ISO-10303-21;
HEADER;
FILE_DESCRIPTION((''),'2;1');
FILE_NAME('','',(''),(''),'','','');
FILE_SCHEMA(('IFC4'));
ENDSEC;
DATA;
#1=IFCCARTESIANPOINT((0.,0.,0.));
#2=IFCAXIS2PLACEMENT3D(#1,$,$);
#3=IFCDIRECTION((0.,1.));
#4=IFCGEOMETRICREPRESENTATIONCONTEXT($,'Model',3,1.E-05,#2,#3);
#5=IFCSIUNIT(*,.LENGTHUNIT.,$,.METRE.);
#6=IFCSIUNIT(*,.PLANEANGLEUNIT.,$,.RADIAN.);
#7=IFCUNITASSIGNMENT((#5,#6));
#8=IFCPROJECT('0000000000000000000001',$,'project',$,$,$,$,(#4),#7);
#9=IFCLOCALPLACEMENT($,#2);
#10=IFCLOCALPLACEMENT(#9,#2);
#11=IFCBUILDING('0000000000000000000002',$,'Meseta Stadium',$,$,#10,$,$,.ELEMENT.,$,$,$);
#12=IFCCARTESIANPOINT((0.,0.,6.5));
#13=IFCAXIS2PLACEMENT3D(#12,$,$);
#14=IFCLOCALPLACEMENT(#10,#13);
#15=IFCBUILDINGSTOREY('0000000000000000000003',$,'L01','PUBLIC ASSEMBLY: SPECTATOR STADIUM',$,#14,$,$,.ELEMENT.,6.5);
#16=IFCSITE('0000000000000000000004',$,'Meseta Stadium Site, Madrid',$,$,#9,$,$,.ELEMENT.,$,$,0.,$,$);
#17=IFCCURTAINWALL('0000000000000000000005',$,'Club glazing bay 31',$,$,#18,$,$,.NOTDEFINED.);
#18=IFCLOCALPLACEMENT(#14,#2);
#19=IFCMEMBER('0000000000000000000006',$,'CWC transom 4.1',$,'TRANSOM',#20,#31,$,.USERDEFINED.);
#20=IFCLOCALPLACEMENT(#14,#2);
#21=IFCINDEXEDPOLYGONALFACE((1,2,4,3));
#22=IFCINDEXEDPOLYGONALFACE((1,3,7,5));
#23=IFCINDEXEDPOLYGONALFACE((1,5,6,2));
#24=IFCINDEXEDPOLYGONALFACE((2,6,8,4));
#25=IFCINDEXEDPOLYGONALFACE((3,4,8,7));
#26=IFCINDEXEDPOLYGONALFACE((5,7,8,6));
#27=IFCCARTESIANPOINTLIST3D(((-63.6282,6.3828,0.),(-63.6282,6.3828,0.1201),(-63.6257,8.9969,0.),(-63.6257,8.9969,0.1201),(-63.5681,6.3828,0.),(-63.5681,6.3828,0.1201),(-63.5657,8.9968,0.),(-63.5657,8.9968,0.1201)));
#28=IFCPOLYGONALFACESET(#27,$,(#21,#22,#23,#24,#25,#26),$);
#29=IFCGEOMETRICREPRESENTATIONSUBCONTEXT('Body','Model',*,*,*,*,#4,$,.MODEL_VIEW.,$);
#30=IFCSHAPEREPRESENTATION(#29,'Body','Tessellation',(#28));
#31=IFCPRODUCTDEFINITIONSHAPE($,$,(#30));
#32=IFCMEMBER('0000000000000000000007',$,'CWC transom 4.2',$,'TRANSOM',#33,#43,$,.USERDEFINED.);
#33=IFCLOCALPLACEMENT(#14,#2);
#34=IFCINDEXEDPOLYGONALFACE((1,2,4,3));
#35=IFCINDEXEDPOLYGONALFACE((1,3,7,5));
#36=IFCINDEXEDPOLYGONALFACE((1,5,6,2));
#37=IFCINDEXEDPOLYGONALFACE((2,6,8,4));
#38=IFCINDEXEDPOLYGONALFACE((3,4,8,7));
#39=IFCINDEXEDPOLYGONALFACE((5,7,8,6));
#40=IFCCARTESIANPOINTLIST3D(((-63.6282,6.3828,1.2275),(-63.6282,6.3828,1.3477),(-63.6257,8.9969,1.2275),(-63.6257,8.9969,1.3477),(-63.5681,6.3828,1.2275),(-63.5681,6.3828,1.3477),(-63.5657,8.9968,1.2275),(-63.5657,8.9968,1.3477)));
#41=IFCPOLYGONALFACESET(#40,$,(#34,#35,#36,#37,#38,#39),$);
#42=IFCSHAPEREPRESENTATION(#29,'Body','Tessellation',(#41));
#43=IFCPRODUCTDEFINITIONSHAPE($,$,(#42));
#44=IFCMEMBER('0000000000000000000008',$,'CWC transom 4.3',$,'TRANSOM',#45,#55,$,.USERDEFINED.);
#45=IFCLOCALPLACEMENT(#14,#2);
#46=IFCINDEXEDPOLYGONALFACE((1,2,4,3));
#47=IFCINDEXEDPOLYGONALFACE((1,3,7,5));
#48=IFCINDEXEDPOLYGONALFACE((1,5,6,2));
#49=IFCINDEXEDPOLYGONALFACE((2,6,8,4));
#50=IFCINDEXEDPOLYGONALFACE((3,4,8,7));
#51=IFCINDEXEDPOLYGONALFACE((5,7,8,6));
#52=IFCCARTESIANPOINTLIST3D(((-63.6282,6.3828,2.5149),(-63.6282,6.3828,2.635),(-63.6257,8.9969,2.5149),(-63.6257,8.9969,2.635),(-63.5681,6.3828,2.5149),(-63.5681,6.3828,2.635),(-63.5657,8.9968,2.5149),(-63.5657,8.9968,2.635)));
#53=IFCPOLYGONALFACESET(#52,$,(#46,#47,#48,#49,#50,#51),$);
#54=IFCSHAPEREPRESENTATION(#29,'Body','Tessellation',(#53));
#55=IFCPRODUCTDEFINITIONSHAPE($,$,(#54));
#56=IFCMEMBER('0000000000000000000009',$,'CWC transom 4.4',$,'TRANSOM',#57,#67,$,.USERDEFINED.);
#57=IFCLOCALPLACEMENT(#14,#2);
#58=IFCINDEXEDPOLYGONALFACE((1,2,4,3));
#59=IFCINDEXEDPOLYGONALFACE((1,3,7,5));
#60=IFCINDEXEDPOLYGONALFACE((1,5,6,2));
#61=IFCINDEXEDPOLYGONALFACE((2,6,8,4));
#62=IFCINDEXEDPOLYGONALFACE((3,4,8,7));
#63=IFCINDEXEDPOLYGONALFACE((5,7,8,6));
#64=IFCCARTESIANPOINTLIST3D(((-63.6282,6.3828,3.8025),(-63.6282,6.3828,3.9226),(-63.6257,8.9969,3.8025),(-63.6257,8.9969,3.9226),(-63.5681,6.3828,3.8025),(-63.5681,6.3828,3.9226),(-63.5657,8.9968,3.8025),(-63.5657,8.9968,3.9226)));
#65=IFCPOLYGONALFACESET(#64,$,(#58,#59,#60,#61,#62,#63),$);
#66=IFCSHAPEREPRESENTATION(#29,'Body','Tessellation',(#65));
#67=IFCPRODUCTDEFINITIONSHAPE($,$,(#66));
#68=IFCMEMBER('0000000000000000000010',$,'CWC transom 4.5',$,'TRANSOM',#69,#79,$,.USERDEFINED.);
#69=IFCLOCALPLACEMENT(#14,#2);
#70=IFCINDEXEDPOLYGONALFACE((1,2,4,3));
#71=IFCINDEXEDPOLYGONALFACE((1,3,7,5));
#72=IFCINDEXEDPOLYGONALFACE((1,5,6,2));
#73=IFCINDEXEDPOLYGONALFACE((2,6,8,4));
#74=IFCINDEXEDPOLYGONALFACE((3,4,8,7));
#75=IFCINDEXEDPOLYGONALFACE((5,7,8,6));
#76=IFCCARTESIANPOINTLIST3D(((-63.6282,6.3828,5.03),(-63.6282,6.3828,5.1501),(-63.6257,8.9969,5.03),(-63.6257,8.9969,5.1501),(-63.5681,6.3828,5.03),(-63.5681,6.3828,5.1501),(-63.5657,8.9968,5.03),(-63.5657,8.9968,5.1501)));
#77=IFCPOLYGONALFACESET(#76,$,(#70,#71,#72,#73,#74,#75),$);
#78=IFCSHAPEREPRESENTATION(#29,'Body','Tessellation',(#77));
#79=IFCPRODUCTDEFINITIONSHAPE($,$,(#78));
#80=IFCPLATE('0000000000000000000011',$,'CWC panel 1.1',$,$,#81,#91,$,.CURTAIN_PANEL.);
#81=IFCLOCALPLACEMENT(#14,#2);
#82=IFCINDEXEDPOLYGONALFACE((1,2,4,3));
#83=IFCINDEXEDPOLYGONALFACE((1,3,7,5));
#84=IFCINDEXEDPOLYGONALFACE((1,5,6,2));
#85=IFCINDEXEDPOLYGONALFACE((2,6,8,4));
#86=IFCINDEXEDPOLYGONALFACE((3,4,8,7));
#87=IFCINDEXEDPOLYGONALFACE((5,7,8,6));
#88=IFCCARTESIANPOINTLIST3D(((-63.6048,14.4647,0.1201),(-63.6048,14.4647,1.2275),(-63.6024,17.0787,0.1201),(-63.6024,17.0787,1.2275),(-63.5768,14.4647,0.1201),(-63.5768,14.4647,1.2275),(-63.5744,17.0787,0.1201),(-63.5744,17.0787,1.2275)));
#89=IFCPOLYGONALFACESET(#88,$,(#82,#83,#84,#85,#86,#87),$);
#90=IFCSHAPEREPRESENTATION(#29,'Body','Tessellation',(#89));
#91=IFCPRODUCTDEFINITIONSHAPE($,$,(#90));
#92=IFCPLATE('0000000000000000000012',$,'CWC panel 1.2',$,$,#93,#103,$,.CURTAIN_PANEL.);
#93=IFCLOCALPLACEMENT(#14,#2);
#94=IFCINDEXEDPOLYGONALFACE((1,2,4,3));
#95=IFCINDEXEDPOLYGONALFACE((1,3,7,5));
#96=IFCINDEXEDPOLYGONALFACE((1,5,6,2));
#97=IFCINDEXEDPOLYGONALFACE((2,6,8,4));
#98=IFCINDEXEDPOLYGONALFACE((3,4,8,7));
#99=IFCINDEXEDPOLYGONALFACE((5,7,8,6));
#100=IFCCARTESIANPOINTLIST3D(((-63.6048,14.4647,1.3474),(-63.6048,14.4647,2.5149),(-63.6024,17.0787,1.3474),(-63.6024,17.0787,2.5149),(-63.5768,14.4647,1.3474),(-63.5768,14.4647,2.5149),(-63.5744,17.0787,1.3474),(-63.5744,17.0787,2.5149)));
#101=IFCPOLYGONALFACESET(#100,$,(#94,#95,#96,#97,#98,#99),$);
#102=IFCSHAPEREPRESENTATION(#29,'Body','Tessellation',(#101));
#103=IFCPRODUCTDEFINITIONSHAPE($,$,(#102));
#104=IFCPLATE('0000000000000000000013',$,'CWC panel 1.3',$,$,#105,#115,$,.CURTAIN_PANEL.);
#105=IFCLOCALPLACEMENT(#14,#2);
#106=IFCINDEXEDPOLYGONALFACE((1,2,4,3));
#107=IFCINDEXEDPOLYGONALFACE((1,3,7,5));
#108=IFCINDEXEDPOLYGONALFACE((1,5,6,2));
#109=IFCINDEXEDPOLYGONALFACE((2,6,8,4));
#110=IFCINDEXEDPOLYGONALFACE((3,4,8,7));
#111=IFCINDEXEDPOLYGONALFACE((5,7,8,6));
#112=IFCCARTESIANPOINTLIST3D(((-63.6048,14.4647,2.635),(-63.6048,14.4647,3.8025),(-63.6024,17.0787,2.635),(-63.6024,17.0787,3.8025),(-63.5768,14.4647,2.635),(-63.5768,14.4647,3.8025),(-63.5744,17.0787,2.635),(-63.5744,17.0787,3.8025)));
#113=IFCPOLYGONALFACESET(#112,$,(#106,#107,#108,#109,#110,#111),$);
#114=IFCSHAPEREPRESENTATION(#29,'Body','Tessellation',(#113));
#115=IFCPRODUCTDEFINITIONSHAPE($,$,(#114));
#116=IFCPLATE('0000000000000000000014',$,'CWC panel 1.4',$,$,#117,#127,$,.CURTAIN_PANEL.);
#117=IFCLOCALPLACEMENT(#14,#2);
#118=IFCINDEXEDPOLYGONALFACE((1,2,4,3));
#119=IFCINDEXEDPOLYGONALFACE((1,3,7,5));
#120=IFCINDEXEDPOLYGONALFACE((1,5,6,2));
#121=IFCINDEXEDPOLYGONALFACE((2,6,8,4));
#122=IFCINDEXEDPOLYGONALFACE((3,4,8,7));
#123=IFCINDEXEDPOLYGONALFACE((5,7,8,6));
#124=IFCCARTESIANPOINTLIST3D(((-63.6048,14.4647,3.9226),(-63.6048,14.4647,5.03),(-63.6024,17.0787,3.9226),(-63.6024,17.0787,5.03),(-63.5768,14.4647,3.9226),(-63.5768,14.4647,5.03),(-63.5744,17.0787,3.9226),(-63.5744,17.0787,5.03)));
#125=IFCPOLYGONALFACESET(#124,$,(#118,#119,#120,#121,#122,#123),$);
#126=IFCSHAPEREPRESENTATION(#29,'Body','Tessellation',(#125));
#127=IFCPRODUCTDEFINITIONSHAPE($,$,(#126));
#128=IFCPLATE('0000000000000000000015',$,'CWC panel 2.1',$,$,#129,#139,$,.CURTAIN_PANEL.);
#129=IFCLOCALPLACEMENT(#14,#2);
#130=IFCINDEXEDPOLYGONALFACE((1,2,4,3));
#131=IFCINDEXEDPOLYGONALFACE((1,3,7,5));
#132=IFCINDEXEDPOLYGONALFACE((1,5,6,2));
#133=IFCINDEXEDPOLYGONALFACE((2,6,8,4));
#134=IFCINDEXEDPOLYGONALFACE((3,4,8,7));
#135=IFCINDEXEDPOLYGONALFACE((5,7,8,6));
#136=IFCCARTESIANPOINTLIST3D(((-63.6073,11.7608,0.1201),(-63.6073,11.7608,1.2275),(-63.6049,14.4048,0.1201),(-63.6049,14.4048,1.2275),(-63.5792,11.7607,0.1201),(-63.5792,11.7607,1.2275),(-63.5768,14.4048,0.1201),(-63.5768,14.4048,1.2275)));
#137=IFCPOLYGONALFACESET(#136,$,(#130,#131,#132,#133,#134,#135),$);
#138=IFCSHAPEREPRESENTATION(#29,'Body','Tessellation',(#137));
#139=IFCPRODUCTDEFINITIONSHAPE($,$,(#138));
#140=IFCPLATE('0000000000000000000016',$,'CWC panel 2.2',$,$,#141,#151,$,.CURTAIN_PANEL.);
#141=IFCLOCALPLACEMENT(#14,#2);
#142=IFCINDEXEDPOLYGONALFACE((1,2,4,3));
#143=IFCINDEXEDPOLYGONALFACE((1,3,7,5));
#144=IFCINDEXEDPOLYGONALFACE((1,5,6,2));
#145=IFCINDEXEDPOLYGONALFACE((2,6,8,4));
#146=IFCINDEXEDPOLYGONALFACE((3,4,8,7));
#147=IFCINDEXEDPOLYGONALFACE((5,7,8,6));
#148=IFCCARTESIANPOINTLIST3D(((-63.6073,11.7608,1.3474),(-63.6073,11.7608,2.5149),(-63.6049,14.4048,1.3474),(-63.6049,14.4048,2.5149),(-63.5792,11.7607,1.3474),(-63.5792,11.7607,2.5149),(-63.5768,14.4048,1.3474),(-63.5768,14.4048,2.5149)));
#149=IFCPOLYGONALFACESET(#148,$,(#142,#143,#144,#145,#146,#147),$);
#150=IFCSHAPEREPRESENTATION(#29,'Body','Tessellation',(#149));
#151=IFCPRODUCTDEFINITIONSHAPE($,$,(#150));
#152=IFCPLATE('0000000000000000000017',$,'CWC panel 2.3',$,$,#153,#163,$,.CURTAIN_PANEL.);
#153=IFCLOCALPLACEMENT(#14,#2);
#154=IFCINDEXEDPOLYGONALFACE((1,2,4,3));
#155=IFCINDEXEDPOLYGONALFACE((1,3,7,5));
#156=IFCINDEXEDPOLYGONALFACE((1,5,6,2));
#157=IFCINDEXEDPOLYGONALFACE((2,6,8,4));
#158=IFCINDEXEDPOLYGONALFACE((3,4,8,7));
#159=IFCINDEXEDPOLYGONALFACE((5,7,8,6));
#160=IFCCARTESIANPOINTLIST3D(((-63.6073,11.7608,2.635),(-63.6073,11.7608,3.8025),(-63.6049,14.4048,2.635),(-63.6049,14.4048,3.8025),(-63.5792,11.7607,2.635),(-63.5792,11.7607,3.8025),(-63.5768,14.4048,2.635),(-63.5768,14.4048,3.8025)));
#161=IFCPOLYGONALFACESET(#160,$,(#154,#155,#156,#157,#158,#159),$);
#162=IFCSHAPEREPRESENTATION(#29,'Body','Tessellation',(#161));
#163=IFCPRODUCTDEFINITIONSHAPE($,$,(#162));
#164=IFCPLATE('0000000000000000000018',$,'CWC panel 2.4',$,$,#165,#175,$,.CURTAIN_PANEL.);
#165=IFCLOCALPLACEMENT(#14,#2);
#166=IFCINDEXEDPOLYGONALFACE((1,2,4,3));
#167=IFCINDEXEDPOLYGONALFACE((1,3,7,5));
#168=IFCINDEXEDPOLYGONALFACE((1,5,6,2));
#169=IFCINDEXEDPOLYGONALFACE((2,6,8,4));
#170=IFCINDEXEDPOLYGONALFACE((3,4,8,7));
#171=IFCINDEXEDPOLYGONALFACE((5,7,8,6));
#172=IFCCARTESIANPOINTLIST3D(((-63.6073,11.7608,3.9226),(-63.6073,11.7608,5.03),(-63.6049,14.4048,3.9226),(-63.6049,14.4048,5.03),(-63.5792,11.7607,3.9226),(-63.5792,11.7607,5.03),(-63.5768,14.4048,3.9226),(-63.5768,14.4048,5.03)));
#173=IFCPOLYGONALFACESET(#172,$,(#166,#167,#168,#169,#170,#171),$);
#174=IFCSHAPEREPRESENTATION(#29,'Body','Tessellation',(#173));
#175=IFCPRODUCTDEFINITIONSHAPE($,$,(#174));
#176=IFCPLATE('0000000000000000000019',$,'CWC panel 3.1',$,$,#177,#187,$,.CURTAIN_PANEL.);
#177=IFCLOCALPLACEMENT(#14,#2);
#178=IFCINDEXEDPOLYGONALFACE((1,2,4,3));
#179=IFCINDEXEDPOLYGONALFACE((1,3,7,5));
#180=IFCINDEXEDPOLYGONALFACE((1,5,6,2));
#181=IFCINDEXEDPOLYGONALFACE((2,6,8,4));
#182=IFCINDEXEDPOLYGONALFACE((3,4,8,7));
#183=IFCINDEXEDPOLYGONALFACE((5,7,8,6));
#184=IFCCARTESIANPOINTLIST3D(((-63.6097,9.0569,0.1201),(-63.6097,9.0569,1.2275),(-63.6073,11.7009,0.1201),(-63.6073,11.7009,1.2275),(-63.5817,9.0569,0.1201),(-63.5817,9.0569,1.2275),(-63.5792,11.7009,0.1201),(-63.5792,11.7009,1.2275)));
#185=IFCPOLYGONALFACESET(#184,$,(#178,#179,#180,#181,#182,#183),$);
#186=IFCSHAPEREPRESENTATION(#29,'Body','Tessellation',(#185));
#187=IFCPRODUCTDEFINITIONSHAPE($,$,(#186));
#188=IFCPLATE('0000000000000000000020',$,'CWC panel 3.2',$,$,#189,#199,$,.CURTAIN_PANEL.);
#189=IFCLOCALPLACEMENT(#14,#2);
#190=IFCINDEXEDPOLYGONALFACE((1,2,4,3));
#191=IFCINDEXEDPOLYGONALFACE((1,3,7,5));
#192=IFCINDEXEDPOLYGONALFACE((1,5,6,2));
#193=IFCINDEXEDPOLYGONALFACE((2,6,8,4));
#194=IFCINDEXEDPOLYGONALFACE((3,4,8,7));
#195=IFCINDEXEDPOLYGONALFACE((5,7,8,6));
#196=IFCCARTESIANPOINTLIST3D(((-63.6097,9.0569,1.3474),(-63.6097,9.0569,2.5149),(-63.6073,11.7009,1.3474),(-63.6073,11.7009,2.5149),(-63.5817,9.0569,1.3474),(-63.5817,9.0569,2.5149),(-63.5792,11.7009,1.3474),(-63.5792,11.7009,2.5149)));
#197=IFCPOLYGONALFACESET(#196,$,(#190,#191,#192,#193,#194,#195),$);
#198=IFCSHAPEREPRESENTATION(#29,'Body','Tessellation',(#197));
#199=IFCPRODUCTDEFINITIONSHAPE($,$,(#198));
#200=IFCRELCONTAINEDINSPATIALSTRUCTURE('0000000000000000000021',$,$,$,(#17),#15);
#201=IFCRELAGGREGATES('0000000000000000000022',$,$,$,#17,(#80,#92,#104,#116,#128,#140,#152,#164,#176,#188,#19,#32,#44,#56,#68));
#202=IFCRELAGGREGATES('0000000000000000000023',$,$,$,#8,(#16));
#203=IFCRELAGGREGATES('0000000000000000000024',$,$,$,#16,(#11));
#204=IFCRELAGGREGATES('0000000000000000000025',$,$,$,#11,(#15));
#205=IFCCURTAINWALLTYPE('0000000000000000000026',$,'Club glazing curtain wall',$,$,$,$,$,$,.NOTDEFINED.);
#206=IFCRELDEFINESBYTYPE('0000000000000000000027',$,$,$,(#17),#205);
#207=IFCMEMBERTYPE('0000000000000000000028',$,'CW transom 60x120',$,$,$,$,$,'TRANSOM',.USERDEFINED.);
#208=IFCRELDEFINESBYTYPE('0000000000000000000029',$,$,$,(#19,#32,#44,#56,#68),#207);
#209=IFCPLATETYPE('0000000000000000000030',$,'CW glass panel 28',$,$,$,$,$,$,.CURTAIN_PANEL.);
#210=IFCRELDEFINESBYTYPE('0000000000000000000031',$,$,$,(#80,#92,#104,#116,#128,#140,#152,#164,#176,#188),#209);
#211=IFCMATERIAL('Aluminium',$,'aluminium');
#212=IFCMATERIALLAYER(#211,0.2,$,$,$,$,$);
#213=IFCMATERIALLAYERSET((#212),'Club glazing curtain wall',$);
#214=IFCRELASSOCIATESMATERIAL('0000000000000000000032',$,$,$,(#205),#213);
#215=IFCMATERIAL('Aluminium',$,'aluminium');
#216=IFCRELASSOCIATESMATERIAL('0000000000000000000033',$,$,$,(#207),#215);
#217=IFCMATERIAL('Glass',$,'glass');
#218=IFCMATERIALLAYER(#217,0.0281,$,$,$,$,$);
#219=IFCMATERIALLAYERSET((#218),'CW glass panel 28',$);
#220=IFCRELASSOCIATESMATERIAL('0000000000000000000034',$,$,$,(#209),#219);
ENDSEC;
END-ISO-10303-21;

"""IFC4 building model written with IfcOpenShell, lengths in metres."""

from ifc_helpers import new_model, si_unit, direction, frame, origin, origin_2d, place, context, subcontext, project, spatial, rectangle, extrude, material, layer, layer_set, material_profile, profile_set, type_object, element, aggregate, save


model = new_model("IFC4")

# Units and contexts
model_context = context("Model", 3, precision=1e-05, world=origin(), true_north=direction((0.0, 1.0)))
body_context = subcontext(model_context, "Body", "Model", "MODEL_VIEW")
ifc_project = project(units=[si_unit("LENGTHUNIT", "METRE"), si_unit("PLANEANGLEUNIT", "RADIAN")], contexts=[model_context])

# Site, building, storey
site_placement = place(None, origin())
site = spatial("IfcSite", under=ifc_project, at=site_placement, Name="Meseta Stadium Site, Madrid", CompositionType="ELEMENT", RefElevation=0.0)
building_placement = place(site_placement, origin())
building = spatial("IfcBuilding", under=site, at=building_placement, Name="Meseta Stadium", CompositionType="ELEMENT")
storey_placement = place(building_placement, frame((0.0, 0.0, 6.5)))
storey = spatial("IfcBuildingStorey", under=building, at=storey_placement, Name="L01", Description="PUBLIC ASSEMBLY: SPECTATOR STADIUM", CompositionType="ELEMENT", Elevation=6.5)

# Curtain wall, members, plates
ifc_material_1 = material(Name="Aluminium", Category="aluminium")
ifc_layer_1 = layer(ifc_material_1, 0.2)
ifc_layer_set_1 = layer_set([ifc_layer_1], Name="Club glazing curtain wall")
curtain_wall_type = type_object("IfcCurtainWallType", Name="Club glazing curtain wall", PredefinedType="NOTDEFINED", material=ifc_layer_set_1)
curtain_wall_placement = place(storey_placement, origin())
curtain_wall = element("IfcCurtainWall", 1, at=curtain_wall_placement, inside=storey, type_object=curtain_wall_type, Name="Club glazing bay 31", PredefinedType="NOTDEFINED")
ifc_material_2 = material(Name="Aluminium", Category="aluminium")
ifc_material_profile_1 = material_profile(ifc_material_2, rectangle(XDim=0.0601, YDim=0.1201, at=origin_2d()), Name="CW 60x120")
ifc_profile_set_1 = profile_set([ifc_material_profile_1], Name="Aluminium")
member_type_1 = type_object("IfcMemberType", Name="CW transom 60x120", ElementType="TRANSOM", PredefinedType="USERDEFINED", material=ifc_profile_set_1)
member_1_placement = place(storey_placement, frame((-63.5957, 8.9968, 0.0601), z_axis=(-0.000934, -1.0, 0.0), x_axis=(1.0, -0.000934, 0.0)))
member_1 = element("IfcMember", 2, at=member_1_placement, type_object=member_type_1, Name="CWC transom 4.1", ObjectType="TRANSOM", PredefinedType="USERDEFINED", context=body_context, shape_type="SweptSolid", body=[
    extrude(rectangle(XDim=0.0601, YDim=0.1201, at=origin_2d()), origin(), (0.0, 0.0, 1.0), 2.614),
])
member_2_placement = place(storey_placement, frame((-63.5957, 8.9968, 1.2876), z_axis=(-0.000934, -1.0, 0.0), x_axis=(1.0, -0.000934, 0.0)))
member_2 = element("IfcMember", 3, at=member_2_placement, type_object=member_type_1, Name="CWC transom 4.2", ObjectType="TRANSOM", PredefinedType="USERDEFINED", context=body_context, shape_type="SweptSolid", body=[
    extrude(rectangle(XDim=0.0601, YDim=0.1201, at=origin_2d()), origin(), (0.0, 0.0, 1.0), 2.614),
])
member_3_placement = place(storey_placement, frame((-63.5957, 8.9968, 2.575), z_axis=(-0.000934, -1.0, 0.0), x_axis=(1.0, -0.000934, 0.0)))
member_3 = element("IfcMember", 4, at=member_3_placement, type_object=member_type_1, Name="CWC transom 4.3", ObjectType="TRANSOM", PredefinedType="USERDEFINED", context=body_context, shape_type="SweptSolid", body=[
    extrude(rectangle(XDim=0.0601, YDim=0.1201, at=origin_2d()), origin(), (0.0, 0.0, 1.0), 2.614),
])
member_4_placement = place(storey_placement, frame((-63.5957, 8.9968, 3.8625), z_axis=(-0.000934, -1.0, 0.0), x_axis=(1.0, -0.000934, 0.0)))
member_4 = element("IfcMember", 5, at=member_4_placement, type_object=member_type_1, Name="CWC transom 4.4", ObjectType="TRANSOM", PredefinedType="USERDEFINED", context=body_context, shape_type="SweptSolid", body=[
    extrude(rectangle(XDim=0.0601, YDim=0.1201, at=origin_2d()), origin(), (0.0, 0.0, 1.0), 2.614),
])
member_5_placement = place(storey_placement, frame((-63.5957, 8.9968, 5.0901), z_axis=(-0.000934, -1.0, 0.0), x_axis=(1.0, -0.000934, 0.0)))
member_5 = element("IfcMember", 6, at=member_5_placement, type_object=member_type_1, Name="CWC transom 4.5", ObjectType="TRANSOM", PredefinedType="USERDEFINED", context=body_context, shape_type="SweptSolid", body=[
    extrude(rectangle(XDim=0.0601, YDim=0.1201, at=origin_2d()), origin(), (0.0, 0.0, 1.0), 2.614),
])
ifc_material_3 = material(Name="Glass", Category="glass")
ifc_layer_2 = layer(ifc_material_3, 0.0281)
ifc_layer_set_2 = layer_set([ifc_layer_2], Name="CW glass panel 28")
plate_type = type_object("IfcPlateType", Name="CW glass panel 28", PredefinedType="CURTAIN_PANEL", material=ifc_layer_set_2)
plate_1_placement = place(storey_placement, frame((-63.5896, 15.7717, 0.1201), z_axis=(0.0, 0.0, 1.0), x_axis=(-0.000925, -1.0, 0.0)))
plate_1 = element("IfcPlate", 7, at=plate_1_placement, type_object=plate_type, Name="CWC panel 1.1", PredefinedType="CURTAIN_PANEL", context=body_context, shape_type="SweptSolid", body=[
    extrude(rectangle(XDim=2.614, YDim=0.0281, at=origin_2d()), origin(), (0.0, 0.0, 1.0), 1.1074),
])
plate_2_placement = place(storey_placement, frame((-63.5896, 15.7717, 1.3474), z_axis=(0.0, 0.0, 1.0), x_axis=(-0.000925, -1.0, 0.0)))
plate_2 = element("IfcPlate", 8, at=plate_2_placement, type_object=plate_type, Name="CWC panel 1.2", PredefinedType="CURTAIN_PANEL", context=body_context, shape_type="SweptSolid", body=[
    extrude(rectangle(XDim=2.614, YDim=0.0281, at=origin_2d()), origin(), (0.0, 0.0, 1.0), 1.1675),
])
plate_3_placement = place(storey_placement, frame((-63.5896, 15.7717, 2.635), z_axis=(0.0, 0.0, 1.0), x_axis=(-0.000925, -1.0, 0.0)))
plate_3 = element("IfcPlate", 9, at=plate_3_placement, type_object=plate_type, Name="CWC panel 1.3", PredefinedType="CURTAIN_PANEL", context=body_context, shape_type="SweptSolid", body=[
    extrude(rectangle(XDim=2.614, YDim=0.0281, at=origin_2d()), origin(), (0.0, 0.0, 1.0), 1.1675),
])
plate_4_placement = place(storey_placement, frame((-63.5896, 15.7717, 3.9226), z_axis=(0.0, 0.0, 1.0), x_axis=(-0.000925, -1.0, 0.0)))
plate_4 = element("IfcPlate", 10, at=plate_4_placement, type_object=plate_type, Name="CWC panel 1.4", PredefinedType="CURTAIN_PANEL", context=body_context, shape_type="SweptSolid", body=[
    extrude(rectangle(XDim=2.614, YDim=0.0281, at=origin_2d()), origin(), (0.0, 0.0, 1.0), 1.1074),
])
plate_5_placement = place(storey_placement, frame((-63.592, 13.0828, 0.1201), z_axis=(0.0, 0.0, 1.0), x_axis=(-0.000925, -1.0, 0.0)))
plate_5 = element("IfcPlate", 11, at=plate_5_placement, type_object=plate_type, Name="CWC panel 2.1", PredefinedType="CURTAIN_PANEL", context=body_context, shape_type="SweptSolid", body=[
    extrude(rectangle(XDim=2.644, YDim=0.0281, at=origin_2d()), origin(), (0.0, 0.0, 1.0), 1.1074),
])
plate_6_placement = place(storey_placement, frame((-63.592, 13.0828, 1.3474), z_axis=(0.0, 0.0, 1.0), x_axis=(-0.000925, -1.0, 0.0)))
plate_6 = element("IfcPlate", 12, at=plate_6_placement, type_object=plate_type, Name="CWC panel 2.2", PredefinedType="CURTAIN_PANEL", context=body_context, shape_type="SweptSolid", body=[
    extrude(rectangle(XDim=2.644, YDim=0.0281, at=origin_2d()), origin(), (0.0, 0.0, 1.0), 1.1675),
])
plate_7_placement = place(storey_placement, frame((-63.592, 13.0828, 2.635), z_axis=(0.0, 0.0, 1.0), x_axis=(-0.000925, -1.0, 0.0)))
plate_7 = element("IfcPlate", 13, at=plate_7_placement, type_object=plate_type, Name="CWC panel 2.3", PredefinedType="CURTAIN_PANEL", context=body_context, shape_type="SweptSolid", body=[
    extrude(rectangle(XDim=2.644, YDim=0.0281, at=origin_2d()), origin(), (0.0, 0.0, 1.0), 1.1675),
])
plate_8_placement = place(storey_placement, frame((-63.592, 13.0828, 3.9226), z_axis=(0.0, 0.0, 1.0), x_axis=(-0.000925, -1.0, 0.0)))
plate_8 = element("IfcPlate", 14, at=plate_8_placement, type_object=plate_type, Name="CWC panel 2.4", PredefinedType="CURTAIN_PANEL", context=body_context, shape_type="SweptSolid", body=[
    extrude(rectangle(XDim=2.644, YDim=0.0281, at=origin_2d()), origin(), (0.0, 0.0, 1.0), 1.1074),
])
plate_9_placement = place(storey_placement, frame((-63.5945, 10.3789, 0.1201), z_axis=(0.0, 0.0, 1.0), x_axis=(-0.000925, -1.0, 0.0)))
plate_9 = element("IfcPlate", 15, at=plate_9_placement, type_object=plate_type, Name="CWC panel 3.1", PredefinedType="CURTAIN_PANEL", context=body_context, shape_type="SweptSolid", body=[
    extrude(rectangle(XDim=2.644, YDim=0.0281, at=origin_2d()), origin(), (0.0, 0.0, 1.0), 1.1074),
])
plate_10_placement = place(storey_placement, frame((-63.5945, 10.3789, 1.3474), z_axis=(0.0, 0.0, 1.0), x_axis=(-0.000925, -1.0, 0.0)))
plate_10 = element("IfcPlate", 16, at=plate_10_placement, type_object=plate_type, Name="CWC panel 3.2", PredefinedType="CURTAIN_PANEL", context=body_context, shape_type="SweptSolid", body=[
    extrude(rectangle(XDim=2.644, YDim=0.0281, at=origin_2d()), origin(), (0.0, 0.0, 1.0), 1.1675),
])
aggregate(curtain_wall, [plate_1, plate_2, plate_3, plate_4, plate_5, plate_6, plate_7, plate_8, plate_9, plate_10, member_1, member_2, member_3, member_4, member_5])

save(model, "model.ifc")
